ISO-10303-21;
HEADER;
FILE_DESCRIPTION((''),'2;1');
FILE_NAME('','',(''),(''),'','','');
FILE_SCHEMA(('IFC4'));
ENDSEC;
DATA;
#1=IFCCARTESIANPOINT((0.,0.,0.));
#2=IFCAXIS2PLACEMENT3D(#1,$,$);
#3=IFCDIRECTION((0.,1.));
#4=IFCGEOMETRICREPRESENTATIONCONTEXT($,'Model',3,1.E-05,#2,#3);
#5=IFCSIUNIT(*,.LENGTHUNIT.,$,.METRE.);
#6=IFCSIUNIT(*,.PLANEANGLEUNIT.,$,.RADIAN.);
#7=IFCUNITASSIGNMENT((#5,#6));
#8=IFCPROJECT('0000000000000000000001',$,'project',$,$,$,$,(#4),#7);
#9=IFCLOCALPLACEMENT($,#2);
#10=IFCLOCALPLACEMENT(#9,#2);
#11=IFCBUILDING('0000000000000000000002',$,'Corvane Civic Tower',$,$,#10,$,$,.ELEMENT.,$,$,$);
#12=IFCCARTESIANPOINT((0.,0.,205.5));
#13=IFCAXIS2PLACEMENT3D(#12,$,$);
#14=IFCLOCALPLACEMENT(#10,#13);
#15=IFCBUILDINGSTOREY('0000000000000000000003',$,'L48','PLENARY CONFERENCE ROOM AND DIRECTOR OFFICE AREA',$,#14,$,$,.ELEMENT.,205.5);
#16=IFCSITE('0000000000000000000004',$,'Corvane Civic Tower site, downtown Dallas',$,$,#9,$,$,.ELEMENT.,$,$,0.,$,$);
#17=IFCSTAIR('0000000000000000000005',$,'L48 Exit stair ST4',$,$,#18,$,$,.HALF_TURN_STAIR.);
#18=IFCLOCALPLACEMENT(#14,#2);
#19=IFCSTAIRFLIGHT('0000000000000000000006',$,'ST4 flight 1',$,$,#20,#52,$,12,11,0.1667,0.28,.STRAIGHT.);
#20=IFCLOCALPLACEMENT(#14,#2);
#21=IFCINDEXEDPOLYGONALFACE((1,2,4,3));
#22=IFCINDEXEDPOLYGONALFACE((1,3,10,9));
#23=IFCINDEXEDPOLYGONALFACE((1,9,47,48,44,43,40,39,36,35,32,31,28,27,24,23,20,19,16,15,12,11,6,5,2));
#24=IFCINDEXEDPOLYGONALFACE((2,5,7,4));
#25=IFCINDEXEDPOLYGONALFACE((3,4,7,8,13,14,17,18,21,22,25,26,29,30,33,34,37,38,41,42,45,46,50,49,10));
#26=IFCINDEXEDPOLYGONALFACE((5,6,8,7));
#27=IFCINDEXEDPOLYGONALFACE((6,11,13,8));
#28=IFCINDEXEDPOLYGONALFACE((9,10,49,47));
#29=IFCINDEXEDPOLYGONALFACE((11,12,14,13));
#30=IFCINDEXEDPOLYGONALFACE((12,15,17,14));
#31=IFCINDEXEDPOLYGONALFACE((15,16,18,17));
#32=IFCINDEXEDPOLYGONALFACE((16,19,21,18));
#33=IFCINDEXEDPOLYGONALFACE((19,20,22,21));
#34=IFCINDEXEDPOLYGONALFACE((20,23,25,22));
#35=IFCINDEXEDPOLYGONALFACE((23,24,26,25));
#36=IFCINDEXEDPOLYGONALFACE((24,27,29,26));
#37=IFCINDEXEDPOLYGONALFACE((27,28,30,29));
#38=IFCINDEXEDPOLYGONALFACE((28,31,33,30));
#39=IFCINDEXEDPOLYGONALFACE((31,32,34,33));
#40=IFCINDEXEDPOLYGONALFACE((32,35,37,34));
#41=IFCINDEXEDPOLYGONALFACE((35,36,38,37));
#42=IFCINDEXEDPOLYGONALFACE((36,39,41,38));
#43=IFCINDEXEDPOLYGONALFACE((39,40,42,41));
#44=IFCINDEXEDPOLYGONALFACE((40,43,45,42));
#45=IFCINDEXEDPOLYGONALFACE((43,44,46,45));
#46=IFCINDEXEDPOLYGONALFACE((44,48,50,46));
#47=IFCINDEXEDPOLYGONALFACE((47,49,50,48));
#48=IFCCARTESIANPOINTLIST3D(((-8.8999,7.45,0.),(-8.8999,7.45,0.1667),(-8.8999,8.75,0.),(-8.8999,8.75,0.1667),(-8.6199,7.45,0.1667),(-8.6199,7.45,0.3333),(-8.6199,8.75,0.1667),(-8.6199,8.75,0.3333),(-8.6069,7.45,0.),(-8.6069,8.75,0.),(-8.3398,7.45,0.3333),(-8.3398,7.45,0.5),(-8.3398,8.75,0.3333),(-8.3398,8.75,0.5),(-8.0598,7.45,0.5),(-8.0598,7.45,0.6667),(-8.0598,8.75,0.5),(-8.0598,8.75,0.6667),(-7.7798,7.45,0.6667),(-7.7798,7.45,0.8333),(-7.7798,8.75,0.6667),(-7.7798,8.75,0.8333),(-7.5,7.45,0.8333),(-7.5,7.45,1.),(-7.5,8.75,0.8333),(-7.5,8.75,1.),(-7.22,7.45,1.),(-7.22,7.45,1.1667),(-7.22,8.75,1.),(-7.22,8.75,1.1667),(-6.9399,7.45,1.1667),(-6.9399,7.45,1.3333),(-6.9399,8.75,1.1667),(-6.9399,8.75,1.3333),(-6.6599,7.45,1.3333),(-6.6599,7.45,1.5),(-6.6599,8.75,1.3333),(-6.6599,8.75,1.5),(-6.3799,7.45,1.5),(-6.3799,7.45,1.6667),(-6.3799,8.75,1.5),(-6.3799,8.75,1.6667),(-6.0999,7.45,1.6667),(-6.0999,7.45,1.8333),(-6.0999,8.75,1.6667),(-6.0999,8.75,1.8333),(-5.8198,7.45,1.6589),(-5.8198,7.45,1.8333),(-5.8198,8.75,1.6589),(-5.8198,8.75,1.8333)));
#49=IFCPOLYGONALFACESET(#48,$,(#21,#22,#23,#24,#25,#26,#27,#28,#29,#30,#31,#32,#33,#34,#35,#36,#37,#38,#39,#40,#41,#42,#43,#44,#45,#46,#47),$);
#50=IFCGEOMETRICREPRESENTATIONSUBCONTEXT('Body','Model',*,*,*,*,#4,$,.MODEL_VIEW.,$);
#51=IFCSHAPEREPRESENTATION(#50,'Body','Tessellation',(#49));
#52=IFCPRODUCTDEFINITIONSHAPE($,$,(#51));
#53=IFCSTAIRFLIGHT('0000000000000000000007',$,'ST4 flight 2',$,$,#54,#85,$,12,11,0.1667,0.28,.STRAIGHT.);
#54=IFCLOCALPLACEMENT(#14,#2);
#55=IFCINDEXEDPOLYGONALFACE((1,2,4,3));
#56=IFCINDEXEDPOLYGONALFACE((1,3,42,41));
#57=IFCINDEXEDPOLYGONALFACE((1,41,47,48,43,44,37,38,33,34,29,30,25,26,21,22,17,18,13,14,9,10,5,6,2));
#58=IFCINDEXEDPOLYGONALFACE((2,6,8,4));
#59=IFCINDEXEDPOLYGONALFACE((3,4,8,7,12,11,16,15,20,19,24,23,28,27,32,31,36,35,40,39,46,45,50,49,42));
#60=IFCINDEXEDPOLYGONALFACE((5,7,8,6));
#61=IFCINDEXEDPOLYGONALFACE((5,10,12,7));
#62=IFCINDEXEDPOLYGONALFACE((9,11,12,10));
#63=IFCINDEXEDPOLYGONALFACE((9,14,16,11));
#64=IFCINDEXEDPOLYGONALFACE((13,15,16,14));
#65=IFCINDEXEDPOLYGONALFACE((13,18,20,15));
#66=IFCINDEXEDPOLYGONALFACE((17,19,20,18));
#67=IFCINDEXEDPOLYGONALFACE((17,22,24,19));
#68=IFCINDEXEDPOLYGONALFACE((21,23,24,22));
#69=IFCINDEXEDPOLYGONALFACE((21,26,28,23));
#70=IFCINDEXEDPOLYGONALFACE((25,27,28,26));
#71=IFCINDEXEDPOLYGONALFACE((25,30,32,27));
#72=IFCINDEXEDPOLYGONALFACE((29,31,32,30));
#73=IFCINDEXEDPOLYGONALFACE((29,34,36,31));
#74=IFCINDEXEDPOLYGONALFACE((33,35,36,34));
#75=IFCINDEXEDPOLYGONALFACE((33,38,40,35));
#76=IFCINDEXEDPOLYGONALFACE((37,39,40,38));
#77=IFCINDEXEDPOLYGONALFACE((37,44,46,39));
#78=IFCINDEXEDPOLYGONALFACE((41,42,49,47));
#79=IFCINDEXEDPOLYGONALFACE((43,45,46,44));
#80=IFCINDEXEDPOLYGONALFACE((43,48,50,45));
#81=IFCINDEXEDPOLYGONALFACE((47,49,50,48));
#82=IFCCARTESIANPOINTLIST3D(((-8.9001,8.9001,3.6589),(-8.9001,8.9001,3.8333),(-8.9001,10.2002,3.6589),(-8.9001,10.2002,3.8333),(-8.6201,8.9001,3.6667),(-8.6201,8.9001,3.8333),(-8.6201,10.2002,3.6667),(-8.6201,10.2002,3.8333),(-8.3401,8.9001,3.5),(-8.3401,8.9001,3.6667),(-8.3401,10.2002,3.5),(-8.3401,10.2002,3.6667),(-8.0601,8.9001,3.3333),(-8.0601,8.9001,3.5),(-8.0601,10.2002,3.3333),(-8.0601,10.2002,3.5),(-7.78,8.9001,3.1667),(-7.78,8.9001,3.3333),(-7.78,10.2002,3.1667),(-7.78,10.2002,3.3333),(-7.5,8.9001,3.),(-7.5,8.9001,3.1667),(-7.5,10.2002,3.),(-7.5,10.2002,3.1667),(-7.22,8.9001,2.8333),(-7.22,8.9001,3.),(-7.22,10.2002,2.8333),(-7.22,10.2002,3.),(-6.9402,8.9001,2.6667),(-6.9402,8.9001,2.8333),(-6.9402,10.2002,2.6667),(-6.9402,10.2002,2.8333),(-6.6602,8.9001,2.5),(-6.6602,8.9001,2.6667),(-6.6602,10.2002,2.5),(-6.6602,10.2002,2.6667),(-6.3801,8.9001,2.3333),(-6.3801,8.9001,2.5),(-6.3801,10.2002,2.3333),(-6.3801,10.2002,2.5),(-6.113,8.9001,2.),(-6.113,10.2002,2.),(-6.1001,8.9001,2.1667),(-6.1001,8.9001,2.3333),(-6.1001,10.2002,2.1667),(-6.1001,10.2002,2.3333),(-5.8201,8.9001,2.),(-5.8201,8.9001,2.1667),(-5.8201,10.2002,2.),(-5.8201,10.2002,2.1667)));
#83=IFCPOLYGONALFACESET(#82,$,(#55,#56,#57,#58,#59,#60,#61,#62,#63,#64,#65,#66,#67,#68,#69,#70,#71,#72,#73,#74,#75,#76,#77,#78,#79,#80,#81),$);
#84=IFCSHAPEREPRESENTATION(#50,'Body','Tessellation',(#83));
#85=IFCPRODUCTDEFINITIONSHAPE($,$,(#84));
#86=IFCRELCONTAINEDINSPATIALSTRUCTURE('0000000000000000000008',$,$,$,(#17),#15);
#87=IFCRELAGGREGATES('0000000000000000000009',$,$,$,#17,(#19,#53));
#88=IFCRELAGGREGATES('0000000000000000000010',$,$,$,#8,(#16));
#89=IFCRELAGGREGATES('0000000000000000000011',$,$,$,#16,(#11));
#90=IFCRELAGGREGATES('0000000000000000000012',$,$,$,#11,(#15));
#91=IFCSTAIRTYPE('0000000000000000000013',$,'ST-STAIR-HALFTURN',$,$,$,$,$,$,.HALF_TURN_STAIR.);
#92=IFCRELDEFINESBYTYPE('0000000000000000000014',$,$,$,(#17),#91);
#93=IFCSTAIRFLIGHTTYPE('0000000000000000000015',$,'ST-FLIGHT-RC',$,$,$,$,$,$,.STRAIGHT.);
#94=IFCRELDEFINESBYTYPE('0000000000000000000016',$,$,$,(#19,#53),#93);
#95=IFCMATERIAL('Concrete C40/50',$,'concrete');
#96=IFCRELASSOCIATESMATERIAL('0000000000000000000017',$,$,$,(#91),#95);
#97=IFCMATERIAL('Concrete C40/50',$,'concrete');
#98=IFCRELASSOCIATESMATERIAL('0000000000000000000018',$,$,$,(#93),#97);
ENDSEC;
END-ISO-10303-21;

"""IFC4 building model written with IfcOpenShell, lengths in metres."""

from ifc_helpers import new_model, si_unit, direction, frame, origin, place, context, subcontext, project, spatial, polyline, outline, extrude, material, type_object, element, aggregate, save


model = new_model("IFC4")

# Units and contexts
model_context = context("Model", 3, precision=1e-05, world=origin(), true_north=direction((0.0, 1.0)))
body_context = subcontext(model_context, "Body", "Model", "MODEL_VIEW")
ifc_project = project(units=[si_unit("LENGTHUNIT", "METRE"), si_unit("PLANEANGLEUNIT", "RADIAN")], contexts=[model_context])

# Site, building, storey
site_placement = place(None, origin())
site = spatial("IfcSite", under=ifc_project, at=site_placement, Name="Corvane Civic Tower site, downtown Dallas", CompositionType="ELEMENT", RefElevation=0.0)
building_placement = place(site_placement, origin())
building = spatial("IfcBuilding", under=site, at=building_placement, Name="Corvane Civic Tower", CompositionType="ELEMENT")
storey_placement = place(building_placement, frame((0.0, 0.0, 205.5)))
storey = spatial("IfcBuildingStorey", under=building, at=storey_placement, Name="L48", Description="PLENARY CONFERENCE ROOM AND DIRECTOR OFFICE AREA", CompositionType="ELEMENT", Elevation=205.5)

# Stair, stair flights
ifc_material_1 = material(Name="Concrete C40/50", Category="concrete")
stair_type = type_object("IfcStairType", Name="ST-STAIR-HALFTURN", PredefinedType="HALF_TURN_STAIR", material=ifc_material_1)
stair_placement = place(storey_placement, origin())
stair = element("IfcStair", 1, at=stair_placement, inside=storey, type_object=stair_type, Name="L48 Exit stair ST4", PredefinedType="HALF_TURN_STAIR")
ifc_material_2 = material(Name="Concrete C40/50", Category="concrete")
stair_flight_type = type_object("IfcStairFlightType", Name="ST-FLIGHT-RC", PredefinedType="STRAIGHT", material=ifc_material_2)
stair_flight_1_placement = place(storey_placement, frame((-8.8999, 8.1001, 0.0), z_axis=(0.0, 0.0, 1.0), x_axis=(1.0, 0.0, 0.0)))
stair_flight_1 = element("IfcStairFlight", 2, at=stair_flight_1_placement, type_object=stair_flight_type, Name="ST4 flight 1", NumberOfRisers=12, NumberOfTreads=11, PredefinedType="STRAIGHT", RiserHeight=0.1667, TreadLength=0.28, context=body_context, shape_type="SweptSolid", body=[
    extrude(outline(polyline([(0.0, 0.0), (0.0, 0.1667), (0.28, 0.1667), (0.28, 0.3333), (0.5601, 0.3333), (0.5601, 0.5), (0.8401, 0.5), (0.8401, 0.6667), (1.1201, 0.6667), (1.1201, 0.8333), (1.3999, 0.8333), (1.3999, 1.0), (1.6799, 1.0), (1.6799, 1.1667), (1.96, 1.1667), (1.96, 1.3333), (2.24, 1.3333), (2.24, 1.5), (2.52, 1.5), (2.52, 1.6667), (2.8, 1.6667), (2.8, 1.8333), (3.0801, 1.8333), (3.0801, 2.0), (3.0801, 1.6589), (0.293, 0.0), (0.0, 0.0)])), frame((0.0, 0.6499, 0.0), z_axis=(0.0, -1.0, 0.0), x_axis=(1.0, 0.0, 0.0)), (0.0, 0.0, 1.0), 1.3),
])
stair_flight_2_placement = place(storey_placement, frame((-5.8201, 9.55, 2.0), z_axis=(0.0, 0.0, 1.0), x_axis=(-1.0, 0.0, 0.0)))
stair_flight_2 = element("IfcStairFlight", 3, at=stair_flight_2_placement, type_object=stair_flight_type, Name="ST4 flight 2", NumberOfRisers=12, NumberOfTreads=11, PredefinedType="STRAIGHT", RiserHeight=0.1667, TreadLength=0.28, context=body_context, shape_type="SweptSolid", body=[
    extrude(outline(polyline([(0.0, 0.0), (0.0, 0.1667), (0.28, 0.1667), (0.28, 0.3333), (0.5601, 0.3333), (0.5601, 0.5), (0.8401, 0.5), (0.8401, 0.6667), (1.1201, 0.6667), (1.1201, 0.8333), (1.3999, 0.8333), (1.3999, 1.0), (1.6799, 1.0), (1.6799, 1.1667), (1.96, 1.1667), (1.96, 1.3333), (2.24, 1.3333), (2.24, 1.5), (2.52, 1.5), (2.52, 1.6667), (2.8, 1.6667), (2.8, 1.8333), (3.0801, 1.8333), (3.0801, 2.0), (3.0801, 1.6589), (0.293, 0.0), (0.0, 0.0)])), frame((0.0, 0.6499, 0.0), z_axis=(0.0, -1.0, 0.0), x_axis=(1.0, 0.0, 0.0)), (0.0, 0.0, 1.0), 1.3),
])
aggregate(stair, [stair_flight_1, stair_flight_2])

save(model, "model.ifc")
